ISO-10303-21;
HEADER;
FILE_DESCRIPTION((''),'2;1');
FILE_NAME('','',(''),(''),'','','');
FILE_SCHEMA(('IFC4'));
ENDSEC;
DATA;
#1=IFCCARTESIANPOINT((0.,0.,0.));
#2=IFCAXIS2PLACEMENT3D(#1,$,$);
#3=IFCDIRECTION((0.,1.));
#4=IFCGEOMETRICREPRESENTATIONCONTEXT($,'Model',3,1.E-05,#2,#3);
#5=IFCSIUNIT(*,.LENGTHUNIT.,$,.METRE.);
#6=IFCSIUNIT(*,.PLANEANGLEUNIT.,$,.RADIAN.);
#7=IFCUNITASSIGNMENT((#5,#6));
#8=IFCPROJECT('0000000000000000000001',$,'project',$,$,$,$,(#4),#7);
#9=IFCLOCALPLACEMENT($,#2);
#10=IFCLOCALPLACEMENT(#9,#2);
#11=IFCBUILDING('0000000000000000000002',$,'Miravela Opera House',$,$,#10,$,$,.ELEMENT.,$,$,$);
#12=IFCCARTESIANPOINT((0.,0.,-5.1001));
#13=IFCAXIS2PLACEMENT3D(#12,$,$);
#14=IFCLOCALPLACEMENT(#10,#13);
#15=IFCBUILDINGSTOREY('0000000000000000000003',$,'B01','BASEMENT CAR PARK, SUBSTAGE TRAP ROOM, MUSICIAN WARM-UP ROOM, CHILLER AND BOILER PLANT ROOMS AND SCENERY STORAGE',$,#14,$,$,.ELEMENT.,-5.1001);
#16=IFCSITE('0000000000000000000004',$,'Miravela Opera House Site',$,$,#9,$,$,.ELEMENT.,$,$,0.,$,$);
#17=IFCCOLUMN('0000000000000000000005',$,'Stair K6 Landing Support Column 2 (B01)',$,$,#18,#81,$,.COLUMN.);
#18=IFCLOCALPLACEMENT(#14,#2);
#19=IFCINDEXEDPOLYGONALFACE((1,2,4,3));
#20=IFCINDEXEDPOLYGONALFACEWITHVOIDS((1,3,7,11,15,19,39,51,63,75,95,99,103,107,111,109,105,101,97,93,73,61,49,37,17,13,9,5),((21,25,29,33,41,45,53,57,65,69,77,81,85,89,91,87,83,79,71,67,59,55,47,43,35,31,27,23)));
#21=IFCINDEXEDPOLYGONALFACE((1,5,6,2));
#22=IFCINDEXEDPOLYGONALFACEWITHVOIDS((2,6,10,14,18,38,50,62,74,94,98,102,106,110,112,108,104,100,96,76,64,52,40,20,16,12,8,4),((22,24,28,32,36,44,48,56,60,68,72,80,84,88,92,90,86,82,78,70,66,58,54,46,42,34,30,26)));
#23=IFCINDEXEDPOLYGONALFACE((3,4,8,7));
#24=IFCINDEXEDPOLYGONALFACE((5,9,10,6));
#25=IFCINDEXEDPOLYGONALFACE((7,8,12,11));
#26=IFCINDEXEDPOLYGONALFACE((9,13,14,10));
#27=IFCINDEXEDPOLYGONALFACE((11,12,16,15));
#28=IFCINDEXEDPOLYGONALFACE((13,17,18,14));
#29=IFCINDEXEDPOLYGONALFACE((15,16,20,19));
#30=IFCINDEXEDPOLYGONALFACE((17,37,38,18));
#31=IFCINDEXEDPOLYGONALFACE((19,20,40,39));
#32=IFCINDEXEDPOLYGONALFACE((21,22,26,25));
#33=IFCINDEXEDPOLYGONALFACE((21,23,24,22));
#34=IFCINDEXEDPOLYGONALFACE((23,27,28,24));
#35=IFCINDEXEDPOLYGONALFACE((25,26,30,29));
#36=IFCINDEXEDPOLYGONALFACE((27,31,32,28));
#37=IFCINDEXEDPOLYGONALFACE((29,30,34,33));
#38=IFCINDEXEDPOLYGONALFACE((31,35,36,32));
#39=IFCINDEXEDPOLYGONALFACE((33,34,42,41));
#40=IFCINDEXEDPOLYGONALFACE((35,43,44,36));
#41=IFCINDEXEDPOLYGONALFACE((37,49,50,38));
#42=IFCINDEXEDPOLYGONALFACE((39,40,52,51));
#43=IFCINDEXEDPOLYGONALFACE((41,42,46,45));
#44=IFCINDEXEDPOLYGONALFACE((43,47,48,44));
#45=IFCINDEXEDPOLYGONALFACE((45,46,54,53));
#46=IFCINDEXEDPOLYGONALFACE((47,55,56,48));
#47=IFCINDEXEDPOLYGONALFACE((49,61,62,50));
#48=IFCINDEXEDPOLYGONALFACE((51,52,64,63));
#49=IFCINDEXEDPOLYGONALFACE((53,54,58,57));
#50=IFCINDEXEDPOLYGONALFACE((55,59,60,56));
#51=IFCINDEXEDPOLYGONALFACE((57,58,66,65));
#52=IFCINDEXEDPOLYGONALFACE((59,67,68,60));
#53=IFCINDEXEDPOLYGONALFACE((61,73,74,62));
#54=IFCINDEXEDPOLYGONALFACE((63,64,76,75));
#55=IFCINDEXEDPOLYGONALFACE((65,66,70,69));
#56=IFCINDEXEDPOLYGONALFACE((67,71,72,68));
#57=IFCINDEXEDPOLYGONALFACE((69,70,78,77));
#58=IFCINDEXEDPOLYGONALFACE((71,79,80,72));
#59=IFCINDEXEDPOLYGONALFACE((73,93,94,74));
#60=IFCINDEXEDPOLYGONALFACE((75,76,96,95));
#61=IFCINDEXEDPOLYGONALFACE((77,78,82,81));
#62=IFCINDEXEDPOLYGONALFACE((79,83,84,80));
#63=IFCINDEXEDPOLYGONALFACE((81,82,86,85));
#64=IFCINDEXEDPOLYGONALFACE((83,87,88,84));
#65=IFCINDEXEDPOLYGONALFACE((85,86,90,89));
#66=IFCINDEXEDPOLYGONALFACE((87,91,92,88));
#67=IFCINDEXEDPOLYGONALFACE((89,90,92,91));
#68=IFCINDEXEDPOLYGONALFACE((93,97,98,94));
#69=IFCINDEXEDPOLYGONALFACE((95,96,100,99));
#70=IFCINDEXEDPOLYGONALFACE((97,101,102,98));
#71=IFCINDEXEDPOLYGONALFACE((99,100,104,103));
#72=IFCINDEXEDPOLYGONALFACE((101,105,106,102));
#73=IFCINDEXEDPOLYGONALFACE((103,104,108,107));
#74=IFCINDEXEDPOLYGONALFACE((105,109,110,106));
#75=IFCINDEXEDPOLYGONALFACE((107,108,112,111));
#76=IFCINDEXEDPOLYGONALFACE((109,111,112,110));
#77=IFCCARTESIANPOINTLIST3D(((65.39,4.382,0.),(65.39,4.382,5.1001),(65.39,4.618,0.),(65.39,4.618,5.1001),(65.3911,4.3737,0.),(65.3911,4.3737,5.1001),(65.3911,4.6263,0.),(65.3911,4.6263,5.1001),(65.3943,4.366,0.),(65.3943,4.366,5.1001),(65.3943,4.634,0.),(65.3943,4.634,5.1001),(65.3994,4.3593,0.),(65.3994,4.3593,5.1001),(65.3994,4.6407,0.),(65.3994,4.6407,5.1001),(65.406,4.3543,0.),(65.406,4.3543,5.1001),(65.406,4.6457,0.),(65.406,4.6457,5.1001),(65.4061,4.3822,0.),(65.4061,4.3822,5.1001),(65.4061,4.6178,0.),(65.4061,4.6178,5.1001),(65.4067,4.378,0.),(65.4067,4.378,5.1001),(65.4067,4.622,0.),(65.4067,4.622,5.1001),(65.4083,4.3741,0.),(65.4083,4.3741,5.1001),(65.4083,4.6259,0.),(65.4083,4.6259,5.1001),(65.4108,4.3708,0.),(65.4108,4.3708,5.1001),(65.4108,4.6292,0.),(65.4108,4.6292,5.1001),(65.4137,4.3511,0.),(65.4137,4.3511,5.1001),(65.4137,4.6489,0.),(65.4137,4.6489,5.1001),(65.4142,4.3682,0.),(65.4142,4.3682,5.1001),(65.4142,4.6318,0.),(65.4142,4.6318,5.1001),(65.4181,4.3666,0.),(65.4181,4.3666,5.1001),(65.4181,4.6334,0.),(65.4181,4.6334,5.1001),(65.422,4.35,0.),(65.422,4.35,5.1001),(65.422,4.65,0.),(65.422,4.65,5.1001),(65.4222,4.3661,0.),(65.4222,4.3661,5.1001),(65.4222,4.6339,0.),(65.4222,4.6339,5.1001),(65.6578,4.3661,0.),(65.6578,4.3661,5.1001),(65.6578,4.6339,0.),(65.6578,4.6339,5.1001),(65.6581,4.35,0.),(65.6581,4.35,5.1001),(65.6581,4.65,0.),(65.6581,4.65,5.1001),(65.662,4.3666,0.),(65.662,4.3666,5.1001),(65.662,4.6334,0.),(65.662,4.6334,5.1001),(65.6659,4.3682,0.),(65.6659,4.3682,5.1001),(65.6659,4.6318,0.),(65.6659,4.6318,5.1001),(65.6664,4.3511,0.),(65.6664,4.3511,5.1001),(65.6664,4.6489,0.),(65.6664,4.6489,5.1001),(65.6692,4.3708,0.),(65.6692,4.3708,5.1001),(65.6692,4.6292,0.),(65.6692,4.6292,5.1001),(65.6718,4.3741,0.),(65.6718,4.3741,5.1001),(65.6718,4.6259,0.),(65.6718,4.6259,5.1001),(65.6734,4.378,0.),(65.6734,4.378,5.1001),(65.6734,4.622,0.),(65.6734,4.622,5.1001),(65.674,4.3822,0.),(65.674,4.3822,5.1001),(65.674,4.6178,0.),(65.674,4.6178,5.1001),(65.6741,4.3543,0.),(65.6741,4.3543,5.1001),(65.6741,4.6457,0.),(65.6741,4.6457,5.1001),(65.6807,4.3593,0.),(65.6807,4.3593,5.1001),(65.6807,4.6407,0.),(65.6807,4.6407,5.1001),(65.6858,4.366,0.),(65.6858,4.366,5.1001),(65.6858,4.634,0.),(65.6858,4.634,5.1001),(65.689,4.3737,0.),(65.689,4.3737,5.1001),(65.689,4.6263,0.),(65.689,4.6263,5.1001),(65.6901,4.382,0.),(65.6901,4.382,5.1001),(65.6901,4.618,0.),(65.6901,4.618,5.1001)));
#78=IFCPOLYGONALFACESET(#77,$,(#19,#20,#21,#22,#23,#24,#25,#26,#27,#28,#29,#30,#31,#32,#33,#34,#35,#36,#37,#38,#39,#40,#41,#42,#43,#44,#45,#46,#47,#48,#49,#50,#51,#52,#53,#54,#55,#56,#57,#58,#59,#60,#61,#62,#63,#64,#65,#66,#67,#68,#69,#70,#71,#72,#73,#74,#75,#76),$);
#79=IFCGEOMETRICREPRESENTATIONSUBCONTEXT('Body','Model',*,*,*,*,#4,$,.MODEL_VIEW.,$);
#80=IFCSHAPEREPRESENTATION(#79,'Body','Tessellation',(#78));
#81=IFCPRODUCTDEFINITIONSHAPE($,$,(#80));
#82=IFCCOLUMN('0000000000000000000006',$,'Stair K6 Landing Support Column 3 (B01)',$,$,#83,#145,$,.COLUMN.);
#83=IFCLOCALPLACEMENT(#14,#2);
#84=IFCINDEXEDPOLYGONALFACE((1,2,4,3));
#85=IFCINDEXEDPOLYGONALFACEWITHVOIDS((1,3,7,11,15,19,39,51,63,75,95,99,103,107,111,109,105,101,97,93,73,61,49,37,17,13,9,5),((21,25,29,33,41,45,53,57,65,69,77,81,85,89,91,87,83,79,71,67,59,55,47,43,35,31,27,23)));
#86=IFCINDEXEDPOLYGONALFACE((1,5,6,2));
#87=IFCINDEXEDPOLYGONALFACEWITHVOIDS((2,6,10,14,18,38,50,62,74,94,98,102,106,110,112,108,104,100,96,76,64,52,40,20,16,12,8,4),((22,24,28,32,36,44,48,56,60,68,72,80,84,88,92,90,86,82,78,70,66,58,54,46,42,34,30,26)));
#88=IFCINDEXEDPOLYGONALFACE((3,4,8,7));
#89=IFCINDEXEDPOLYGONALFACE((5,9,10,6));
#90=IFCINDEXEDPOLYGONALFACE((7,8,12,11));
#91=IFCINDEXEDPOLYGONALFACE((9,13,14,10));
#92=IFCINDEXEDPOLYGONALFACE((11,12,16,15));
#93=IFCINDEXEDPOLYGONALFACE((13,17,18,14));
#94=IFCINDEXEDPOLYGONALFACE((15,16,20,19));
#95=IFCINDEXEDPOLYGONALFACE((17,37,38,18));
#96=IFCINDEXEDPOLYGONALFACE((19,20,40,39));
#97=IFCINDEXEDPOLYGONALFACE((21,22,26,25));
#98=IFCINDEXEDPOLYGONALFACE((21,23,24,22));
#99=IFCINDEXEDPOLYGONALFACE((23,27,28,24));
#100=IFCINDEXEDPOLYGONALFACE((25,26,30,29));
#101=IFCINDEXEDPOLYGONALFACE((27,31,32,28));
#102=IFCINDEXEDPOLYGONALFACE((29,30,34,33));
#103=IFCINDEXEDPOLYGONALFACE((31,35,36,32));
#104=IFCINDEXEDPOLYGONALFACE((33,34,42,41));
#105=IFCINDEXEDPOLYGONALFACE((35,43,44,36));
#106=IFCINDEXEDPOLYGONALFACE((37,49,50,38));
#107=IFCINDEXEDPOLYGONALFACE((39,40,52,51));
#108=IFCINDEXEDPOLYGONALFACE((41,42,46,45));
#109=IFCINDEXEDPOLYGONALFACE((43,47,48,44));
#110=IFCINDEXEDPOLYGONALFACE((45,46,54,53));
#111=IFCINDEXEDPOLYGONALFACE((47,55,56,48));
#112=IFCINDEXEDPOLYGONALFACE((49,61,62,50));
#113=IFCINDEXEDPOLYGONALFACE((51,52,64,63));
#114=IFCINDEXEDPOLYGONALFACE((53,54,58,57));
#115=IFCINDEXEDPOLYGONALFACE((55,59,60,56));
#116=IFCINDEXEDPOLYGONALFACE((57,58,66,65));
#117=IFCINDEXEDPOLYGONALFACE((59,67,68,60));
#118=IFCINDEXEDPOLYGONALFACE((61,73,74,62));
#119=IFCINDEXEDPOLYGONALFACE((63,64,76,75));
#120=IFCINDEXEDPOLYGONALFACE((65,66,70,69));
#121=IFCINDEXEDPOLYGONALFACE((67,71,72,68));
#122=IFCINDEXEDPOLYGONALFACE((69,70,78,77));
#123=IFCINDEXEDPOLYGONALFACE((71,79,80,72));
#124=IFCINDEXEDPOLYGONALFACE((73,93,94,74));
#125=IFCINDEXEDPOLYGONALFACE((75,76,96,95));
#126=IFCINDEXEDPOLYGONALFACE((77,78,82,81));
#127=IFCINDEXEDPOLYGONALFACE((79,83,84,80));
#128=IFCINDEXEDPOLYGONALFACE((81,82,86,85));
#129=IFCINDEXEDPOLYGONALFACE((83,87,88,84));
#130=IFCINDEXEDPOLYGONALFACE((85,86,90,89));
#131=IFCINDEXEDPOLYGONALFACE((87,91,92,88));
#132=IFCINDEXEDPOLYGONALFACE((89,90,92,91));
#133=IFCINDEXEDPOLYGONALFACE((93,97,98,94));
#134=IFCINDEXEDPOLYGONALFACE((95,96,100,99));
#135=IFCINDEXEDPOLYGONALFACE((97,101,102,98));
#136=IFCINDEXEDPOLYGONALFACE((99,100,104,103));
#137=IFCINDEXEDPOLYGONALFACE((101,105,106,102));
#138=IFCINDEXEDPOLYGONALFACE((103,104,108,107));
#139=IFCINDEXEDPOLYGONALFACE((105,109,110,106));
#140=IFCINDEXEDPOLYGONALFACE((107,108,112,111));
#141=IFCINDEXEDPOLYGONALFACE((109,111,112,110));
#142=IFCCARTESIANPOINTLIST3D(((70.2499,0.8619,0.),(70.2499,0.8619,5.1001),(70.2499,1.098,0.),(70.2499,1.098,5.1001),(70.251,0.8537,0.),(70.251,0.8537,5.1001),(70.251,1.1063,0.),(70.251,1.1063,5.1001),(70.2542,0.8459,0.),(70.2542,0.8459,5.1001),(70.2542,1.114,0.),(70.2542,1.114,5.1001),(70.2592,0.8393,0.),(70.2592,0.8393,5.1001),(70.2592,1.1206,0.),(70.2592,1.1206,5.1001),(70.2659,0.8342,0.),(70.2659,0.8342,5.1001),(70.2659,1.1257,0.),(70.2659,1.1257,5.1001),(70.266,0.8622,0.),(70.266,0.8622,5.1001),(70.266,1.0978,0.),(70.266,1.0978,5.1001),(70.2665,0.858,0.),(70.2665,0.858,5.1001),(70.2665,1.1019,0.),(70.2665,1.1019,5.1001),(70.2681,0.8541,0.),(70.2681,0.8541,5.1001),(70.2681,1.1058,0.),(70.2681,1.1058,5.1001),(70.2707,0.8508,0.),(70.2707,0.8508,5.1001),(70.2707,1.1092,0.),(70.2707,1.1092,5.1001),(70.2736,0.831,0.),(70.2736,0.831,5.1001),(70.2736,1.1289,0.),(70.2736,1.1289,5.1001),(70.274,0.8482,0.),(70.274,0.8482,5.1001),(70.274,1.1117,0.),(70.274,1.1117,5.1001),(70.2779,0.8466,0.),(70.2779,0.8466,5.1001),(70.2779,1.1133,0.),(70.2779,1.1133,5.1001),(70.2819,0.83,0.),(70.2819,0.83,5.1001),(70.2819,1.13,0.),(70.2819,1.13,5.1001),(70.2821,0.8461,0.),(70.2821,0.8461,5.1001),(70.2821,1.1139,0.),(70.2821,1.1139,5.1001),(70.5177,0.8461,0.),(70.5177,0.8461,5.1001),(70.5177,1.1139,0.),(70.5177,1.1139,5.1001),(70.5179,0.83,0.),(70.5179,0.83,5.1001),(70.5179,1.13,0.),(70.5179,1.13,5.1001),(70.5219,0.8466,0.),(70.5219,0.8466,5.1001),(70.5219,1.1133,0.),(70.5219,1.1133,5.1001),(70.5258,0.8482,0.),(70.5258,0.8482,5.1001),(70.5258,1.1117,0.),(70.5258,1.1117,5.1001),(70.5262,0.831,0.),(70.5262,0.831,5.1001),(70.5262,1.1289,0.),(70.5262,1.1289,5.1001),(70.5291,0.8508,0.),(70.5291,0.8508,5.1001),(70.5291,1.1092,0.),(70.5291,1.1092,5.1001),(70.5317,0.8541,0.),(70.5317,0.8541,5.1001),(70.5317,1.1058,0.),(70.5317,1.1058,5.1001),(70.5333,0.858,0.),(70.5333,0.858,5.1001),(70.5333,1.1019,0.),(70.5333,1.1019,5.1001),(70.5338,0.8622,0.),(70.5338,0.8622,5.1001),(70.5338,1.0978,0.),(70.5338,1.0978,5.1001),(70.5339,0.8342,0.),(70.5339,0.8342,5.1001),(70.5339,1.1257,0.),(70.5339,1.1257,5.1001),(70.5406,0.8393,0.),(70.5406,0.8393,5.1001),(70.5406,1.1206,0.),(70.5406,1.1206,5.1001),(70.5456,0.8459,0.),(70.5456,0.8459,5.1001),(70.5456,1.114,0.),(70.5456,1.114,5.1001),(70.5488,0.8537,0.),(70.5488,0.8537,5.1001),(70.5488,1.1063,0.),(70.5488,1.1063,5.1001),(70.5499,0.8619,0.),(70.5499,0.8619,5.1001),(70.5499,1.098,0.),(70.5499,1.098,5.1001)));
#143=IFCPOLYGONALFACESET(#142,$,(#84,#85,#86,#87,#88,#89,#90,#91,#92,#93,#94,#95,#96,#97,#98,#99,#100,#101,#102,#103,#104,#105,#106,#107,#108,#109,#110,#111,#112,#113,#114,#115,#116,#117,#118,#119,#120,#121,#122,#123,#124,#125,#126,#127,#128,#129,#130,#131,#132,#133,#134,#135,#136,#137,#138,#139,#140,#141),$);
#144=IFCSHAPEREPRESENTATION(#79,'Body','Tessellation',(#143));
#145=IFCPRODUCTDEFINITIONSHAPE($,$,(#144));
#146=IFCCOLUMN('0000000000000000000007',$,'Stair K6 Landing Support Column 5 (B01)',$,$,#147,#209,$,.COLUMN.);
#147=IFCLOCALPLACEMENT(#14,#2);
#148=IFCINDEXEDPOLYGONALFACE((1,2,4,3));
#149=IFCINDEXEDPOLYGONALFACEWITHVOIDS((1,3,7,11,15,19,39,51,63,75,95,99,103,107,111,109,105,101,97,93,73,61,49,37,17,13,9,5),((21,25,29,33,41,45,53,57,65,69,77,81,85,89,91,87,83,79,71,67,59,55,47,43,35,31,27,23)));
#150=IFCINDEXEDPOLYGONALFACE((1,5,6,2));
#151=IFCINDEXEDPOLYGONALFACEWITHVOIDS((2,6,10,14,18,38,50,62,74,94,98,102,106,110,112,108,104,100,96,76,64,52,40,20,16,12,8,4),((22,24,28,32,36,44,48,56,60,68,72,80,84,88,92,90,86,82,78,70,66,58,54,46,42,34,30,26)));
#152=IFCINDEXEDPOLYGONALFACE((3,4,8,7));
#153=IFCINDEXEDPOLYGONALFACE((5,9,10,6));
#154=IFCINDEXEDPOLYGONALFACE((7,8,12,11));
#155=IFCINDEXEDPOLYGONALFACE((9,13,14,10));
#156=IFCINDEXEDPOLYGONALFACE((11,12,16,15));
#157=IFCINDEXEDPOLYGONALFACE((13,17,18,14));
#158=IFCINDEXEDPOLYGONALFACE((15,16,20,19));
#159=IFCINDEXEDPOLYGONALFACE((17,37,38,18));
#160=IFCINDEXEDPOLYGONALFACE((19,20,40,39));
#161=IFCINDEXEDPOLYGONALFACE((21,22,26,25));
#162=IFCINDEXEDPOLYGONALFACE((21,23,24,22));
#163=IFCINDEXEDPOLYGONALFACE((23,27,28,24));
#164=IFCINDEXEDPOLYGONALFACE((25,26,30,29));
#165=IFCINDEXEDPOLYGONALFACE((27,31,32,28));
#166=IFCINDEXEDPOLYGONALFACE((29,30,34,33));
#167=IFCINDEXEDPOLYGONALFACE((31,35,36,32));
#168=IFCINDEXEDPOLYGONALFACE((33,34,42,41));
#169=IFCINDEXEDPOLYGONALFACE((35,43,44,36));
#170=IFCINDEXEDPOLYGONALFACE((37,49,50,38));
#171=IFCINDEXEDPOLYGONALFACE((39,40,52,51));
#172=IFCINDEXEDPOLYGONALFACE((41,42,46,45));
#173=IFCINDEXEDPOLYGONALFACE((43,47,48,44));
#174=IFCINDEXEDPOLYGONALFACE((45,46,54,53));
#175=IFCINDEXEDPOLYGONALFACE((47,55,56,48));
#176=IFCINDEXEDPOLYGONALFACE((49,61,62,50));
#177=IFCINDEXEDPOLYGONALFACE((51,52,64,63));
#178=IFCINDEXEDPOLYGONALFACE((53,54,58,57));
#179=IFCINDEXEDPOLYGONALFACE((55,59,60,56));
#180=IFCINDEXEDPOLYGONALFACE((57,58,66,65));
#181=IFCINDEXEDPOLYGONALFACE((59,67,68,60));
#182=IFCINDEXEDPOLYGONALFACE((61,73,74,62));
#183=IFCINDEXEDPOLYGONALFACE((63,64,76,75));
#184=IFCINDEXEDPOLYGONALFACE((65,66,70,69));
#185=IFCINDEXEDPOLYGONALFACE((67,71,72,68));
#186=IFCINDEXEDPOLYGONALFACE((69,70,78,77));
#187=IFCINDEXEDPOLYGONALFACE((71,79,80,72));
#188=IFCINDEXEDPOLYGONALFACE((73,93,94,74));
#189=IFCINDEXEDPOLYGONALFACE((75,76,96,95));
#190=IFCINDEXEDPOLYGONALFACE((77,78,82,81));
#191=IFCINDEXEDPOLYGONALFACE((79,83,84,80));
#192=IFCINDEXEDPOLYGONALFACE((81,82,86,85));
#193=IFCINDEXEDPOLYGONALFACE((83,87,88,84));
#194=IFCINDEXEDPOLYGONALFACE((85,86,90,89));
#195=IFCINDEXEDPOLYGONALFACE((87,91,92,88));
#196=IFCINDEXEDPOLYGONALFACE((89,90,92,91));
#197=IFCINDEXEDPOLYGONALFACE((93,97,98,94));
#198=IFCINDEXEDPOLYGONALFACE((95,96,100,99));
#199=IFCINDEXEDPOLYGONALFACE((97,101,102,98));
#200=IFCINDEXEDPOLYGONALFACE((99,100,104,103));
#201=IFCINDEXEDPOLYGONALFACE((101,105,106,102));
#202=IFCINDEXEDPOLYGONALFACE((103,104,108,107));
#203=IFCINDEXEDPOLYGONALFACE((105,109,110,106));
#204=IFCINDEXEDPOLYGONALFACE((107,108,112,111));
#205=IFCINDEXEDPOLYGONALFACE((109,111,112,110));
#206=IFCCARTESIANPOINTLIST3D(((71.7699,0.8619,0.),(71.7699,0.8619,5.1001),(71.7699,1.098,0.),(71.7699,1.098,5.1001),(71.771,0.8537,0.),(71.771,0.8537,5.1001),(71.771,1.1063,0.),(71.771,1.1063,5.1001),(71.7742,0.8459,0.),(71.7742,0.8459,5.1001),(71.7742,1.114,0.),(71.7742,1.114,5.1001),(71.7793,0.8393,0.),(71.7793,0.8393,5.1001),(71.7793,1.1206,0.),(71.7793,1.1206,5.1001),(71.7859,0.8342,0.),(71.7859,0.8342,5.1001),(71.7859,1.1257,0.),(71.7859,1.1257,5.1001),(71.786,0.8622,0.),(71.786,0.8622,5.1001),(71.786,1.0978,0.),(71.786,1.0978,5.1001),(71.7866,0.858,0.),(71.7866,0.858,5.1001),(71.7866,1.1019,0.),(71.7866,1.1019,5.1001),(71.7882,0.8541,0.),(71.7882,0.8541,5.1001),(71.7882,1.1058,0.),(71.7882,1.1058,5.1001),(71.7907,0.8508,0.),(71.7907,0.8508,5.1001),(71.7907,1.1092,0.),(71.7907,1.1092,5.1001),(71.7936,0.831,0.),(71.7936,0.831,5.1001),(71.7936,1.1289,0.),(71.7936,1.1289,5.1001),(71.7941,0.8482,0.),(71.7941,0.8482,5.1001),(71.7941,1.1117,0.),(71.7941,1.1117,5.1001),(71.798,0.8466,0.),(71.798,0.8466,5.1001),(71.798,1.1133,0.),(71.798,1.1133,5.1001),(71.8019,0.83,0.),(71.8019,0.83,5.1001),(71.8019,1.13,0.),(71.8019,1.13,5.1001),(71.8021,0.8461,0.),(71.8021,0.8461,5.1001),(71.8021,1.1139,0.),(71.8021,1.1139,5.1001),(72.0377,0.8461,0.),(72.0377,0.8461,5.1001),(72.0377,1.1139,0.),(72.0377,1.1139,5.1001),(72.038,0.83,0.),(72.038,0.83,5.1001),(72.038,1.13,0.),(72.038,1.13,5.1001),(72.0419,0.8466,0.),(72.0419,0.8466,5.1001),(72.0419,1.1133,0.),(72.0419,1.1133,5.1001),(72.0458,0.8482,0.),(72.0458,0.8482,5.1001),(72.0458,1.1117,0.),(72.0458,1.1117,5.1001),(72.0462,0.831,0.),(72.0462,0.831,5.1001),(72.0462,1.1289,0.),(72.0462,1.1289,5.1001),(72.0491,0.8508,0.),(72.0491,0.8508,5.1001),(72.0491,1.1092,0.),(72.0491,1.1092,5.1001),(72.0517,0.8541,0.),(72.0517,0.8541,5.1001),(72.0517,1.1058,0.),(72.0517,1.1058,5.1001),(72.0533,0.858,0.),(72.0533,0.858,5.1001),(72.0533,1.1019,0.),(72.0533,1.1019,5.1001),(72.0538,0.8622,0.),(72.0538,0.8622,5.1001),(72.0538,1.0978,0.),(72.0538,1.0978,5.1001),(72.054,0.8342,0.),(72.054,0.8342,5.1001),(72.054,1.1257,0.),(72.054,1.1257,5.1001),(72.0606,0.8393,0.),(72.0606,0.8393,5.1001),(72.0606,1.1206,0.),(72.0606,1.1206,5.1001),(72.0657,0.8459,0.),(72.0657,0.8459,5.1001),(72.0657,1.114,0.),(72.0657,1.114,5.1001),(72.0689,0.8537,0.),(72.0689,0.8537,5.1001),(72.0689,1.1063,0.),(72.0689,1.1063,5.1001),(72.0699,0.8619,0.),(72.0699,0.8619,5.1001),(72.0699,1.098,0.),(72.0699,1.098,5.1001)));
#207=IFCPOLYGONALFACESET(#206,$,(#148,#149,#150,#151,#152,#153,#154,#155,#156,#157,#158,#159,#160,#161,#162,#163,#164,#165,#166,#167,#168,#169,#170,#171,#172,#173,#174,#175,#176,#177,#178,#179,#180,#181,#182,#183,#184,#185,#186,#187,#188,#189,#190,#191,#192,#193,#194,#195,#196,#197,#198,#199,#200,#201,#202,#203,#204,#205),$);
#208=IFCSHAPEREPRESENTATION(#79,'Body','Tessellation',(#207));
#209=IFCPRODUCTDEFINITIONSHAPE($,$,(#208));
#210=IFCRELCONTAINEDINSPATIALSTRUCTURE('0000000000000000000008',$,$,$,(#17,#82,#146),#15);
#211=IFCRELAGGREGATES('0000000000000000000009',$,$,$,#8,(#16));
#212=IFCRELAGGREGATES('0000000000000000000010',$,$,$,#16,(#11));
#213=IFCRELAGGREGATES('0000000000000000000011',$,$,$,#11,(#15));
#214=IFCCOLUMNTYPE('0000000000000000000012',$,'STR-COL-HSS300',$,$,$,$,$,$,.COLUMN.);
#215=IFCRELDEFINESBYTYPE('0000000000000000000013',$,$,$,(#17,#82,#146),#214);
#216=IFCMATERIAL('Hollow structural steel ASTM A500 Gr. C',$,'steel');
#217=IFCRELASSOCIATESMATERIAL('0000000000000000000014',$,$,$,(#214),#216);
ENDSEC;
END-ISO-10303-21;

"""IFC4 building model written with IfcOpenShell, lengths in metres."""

from ifc_helpers import new_model, si_unit, direction, frame, origin, origin_2d, place, context, subcontext, project, spatial, hollow_rectangle, extrude, material, material_profile, profile_set, type_object, element, save


model = new_model("IFC4")

# Units and contexts
model_context = context("Model", 3, precision=1e-05, world=origin(), true_north=direction((0.0, 1.0)))
body_context = subcontext(model_context, "Body", "Model", "MODEL_VIEW")
ifc_project = project(units=[si_unit("LENGTHUNIT", "METRE"), si_unit("PLANEANGLEUNIT", "RADIAN")], contexts=[model_context])

# Site, building, storey
site_placement = place(None, origin())
site = spatial("IfcSite", under=ifc_project, at=site_placement, Name="Miravela Opera House Site", CompositionType="ELEMENT", RefElevation=0.0)
building_placement = place(site_placement, origin())
building = spatial("IfcBuilding", under=site, at=building_placement, Name="Miravela Opera House", CompositionType="ELEMENT")
storey_placement = place(building_placement, frame((0.0, 0.0, -5.1001)))
storey = spatial("IfcBuildingStorey", under=building, at=storey_placement, Name="B01", Description="BASEMENT CAR PARK, SUBSTAGE TRAP ROOM, MUSICIAN WARM-UP ROOM, CHILLER AND BOILER PLANT ROOMS AND SCENERY STORAGE", CompositionType="ELEMENT", Elevation=-5.1001)

# Columns
ifc_material_1 = material(Name="Hollow structural steel ASTM A500 Gr. C", Category="steel")
ifc_material_profile_1 = material_profile(ifc_material_1, hollow_rectangle(XDim=0.3, YDim=0.3, WallThickness=0.0161, InnerFilletRadius=0.0161, OuterFilletRadius=0.032, at=origin_2d()), Name="HSS300X300X16")
ifc_profile_set_1 = profile_set([ifc_material_profile_1])
column_type_1 = type_object("IfcColumnType", Name="STR-COL-HSS300", PredefinedType="COLUMN", material=ifc_profile_set_1)
for number, where, z_axis, x_axis, name in (
    (1, (65.54, 4.5, 0.0), (0.0, 0.0, 1.0), (1.0, 0.0, 0.0), "Stair K6 Landing Support Column 2 (B01)"),
    (2, (70.3999, 0.98, 0.0), (0.0, 0.0, 1.0), (1.0, 0.0, 0.0), "Stair K6 Landing Support Column 3 (B01)"),
    (3, (71.9199, 0.98, 0.0), (0.0, 0.0, 1.0), (1.0, 0.0, 0.0), "Stair K6 Landing Support Column 5 (B01)"),
):
    element("IfcColumn", number, at=place(storey_placement, frame(where, z_axis=z_axis, x_axis=x_axis)), inside=storey, type_object=column_type_1, Name=name, PredefinedType="COLUMN", context=body_context, shape_type="SweptSolid", body=[
        extrude(hollow_rectangle(XDim=0.3, YDim=0.3, WallThickness=0.0161, InnerFilletRadius=0.0161, OuterFilletRadius=0.032, at=origin_2d()), origin(), (0.0, 0.0, 1.0), 5.1001),
    ])

save(model, "model.ifc")
